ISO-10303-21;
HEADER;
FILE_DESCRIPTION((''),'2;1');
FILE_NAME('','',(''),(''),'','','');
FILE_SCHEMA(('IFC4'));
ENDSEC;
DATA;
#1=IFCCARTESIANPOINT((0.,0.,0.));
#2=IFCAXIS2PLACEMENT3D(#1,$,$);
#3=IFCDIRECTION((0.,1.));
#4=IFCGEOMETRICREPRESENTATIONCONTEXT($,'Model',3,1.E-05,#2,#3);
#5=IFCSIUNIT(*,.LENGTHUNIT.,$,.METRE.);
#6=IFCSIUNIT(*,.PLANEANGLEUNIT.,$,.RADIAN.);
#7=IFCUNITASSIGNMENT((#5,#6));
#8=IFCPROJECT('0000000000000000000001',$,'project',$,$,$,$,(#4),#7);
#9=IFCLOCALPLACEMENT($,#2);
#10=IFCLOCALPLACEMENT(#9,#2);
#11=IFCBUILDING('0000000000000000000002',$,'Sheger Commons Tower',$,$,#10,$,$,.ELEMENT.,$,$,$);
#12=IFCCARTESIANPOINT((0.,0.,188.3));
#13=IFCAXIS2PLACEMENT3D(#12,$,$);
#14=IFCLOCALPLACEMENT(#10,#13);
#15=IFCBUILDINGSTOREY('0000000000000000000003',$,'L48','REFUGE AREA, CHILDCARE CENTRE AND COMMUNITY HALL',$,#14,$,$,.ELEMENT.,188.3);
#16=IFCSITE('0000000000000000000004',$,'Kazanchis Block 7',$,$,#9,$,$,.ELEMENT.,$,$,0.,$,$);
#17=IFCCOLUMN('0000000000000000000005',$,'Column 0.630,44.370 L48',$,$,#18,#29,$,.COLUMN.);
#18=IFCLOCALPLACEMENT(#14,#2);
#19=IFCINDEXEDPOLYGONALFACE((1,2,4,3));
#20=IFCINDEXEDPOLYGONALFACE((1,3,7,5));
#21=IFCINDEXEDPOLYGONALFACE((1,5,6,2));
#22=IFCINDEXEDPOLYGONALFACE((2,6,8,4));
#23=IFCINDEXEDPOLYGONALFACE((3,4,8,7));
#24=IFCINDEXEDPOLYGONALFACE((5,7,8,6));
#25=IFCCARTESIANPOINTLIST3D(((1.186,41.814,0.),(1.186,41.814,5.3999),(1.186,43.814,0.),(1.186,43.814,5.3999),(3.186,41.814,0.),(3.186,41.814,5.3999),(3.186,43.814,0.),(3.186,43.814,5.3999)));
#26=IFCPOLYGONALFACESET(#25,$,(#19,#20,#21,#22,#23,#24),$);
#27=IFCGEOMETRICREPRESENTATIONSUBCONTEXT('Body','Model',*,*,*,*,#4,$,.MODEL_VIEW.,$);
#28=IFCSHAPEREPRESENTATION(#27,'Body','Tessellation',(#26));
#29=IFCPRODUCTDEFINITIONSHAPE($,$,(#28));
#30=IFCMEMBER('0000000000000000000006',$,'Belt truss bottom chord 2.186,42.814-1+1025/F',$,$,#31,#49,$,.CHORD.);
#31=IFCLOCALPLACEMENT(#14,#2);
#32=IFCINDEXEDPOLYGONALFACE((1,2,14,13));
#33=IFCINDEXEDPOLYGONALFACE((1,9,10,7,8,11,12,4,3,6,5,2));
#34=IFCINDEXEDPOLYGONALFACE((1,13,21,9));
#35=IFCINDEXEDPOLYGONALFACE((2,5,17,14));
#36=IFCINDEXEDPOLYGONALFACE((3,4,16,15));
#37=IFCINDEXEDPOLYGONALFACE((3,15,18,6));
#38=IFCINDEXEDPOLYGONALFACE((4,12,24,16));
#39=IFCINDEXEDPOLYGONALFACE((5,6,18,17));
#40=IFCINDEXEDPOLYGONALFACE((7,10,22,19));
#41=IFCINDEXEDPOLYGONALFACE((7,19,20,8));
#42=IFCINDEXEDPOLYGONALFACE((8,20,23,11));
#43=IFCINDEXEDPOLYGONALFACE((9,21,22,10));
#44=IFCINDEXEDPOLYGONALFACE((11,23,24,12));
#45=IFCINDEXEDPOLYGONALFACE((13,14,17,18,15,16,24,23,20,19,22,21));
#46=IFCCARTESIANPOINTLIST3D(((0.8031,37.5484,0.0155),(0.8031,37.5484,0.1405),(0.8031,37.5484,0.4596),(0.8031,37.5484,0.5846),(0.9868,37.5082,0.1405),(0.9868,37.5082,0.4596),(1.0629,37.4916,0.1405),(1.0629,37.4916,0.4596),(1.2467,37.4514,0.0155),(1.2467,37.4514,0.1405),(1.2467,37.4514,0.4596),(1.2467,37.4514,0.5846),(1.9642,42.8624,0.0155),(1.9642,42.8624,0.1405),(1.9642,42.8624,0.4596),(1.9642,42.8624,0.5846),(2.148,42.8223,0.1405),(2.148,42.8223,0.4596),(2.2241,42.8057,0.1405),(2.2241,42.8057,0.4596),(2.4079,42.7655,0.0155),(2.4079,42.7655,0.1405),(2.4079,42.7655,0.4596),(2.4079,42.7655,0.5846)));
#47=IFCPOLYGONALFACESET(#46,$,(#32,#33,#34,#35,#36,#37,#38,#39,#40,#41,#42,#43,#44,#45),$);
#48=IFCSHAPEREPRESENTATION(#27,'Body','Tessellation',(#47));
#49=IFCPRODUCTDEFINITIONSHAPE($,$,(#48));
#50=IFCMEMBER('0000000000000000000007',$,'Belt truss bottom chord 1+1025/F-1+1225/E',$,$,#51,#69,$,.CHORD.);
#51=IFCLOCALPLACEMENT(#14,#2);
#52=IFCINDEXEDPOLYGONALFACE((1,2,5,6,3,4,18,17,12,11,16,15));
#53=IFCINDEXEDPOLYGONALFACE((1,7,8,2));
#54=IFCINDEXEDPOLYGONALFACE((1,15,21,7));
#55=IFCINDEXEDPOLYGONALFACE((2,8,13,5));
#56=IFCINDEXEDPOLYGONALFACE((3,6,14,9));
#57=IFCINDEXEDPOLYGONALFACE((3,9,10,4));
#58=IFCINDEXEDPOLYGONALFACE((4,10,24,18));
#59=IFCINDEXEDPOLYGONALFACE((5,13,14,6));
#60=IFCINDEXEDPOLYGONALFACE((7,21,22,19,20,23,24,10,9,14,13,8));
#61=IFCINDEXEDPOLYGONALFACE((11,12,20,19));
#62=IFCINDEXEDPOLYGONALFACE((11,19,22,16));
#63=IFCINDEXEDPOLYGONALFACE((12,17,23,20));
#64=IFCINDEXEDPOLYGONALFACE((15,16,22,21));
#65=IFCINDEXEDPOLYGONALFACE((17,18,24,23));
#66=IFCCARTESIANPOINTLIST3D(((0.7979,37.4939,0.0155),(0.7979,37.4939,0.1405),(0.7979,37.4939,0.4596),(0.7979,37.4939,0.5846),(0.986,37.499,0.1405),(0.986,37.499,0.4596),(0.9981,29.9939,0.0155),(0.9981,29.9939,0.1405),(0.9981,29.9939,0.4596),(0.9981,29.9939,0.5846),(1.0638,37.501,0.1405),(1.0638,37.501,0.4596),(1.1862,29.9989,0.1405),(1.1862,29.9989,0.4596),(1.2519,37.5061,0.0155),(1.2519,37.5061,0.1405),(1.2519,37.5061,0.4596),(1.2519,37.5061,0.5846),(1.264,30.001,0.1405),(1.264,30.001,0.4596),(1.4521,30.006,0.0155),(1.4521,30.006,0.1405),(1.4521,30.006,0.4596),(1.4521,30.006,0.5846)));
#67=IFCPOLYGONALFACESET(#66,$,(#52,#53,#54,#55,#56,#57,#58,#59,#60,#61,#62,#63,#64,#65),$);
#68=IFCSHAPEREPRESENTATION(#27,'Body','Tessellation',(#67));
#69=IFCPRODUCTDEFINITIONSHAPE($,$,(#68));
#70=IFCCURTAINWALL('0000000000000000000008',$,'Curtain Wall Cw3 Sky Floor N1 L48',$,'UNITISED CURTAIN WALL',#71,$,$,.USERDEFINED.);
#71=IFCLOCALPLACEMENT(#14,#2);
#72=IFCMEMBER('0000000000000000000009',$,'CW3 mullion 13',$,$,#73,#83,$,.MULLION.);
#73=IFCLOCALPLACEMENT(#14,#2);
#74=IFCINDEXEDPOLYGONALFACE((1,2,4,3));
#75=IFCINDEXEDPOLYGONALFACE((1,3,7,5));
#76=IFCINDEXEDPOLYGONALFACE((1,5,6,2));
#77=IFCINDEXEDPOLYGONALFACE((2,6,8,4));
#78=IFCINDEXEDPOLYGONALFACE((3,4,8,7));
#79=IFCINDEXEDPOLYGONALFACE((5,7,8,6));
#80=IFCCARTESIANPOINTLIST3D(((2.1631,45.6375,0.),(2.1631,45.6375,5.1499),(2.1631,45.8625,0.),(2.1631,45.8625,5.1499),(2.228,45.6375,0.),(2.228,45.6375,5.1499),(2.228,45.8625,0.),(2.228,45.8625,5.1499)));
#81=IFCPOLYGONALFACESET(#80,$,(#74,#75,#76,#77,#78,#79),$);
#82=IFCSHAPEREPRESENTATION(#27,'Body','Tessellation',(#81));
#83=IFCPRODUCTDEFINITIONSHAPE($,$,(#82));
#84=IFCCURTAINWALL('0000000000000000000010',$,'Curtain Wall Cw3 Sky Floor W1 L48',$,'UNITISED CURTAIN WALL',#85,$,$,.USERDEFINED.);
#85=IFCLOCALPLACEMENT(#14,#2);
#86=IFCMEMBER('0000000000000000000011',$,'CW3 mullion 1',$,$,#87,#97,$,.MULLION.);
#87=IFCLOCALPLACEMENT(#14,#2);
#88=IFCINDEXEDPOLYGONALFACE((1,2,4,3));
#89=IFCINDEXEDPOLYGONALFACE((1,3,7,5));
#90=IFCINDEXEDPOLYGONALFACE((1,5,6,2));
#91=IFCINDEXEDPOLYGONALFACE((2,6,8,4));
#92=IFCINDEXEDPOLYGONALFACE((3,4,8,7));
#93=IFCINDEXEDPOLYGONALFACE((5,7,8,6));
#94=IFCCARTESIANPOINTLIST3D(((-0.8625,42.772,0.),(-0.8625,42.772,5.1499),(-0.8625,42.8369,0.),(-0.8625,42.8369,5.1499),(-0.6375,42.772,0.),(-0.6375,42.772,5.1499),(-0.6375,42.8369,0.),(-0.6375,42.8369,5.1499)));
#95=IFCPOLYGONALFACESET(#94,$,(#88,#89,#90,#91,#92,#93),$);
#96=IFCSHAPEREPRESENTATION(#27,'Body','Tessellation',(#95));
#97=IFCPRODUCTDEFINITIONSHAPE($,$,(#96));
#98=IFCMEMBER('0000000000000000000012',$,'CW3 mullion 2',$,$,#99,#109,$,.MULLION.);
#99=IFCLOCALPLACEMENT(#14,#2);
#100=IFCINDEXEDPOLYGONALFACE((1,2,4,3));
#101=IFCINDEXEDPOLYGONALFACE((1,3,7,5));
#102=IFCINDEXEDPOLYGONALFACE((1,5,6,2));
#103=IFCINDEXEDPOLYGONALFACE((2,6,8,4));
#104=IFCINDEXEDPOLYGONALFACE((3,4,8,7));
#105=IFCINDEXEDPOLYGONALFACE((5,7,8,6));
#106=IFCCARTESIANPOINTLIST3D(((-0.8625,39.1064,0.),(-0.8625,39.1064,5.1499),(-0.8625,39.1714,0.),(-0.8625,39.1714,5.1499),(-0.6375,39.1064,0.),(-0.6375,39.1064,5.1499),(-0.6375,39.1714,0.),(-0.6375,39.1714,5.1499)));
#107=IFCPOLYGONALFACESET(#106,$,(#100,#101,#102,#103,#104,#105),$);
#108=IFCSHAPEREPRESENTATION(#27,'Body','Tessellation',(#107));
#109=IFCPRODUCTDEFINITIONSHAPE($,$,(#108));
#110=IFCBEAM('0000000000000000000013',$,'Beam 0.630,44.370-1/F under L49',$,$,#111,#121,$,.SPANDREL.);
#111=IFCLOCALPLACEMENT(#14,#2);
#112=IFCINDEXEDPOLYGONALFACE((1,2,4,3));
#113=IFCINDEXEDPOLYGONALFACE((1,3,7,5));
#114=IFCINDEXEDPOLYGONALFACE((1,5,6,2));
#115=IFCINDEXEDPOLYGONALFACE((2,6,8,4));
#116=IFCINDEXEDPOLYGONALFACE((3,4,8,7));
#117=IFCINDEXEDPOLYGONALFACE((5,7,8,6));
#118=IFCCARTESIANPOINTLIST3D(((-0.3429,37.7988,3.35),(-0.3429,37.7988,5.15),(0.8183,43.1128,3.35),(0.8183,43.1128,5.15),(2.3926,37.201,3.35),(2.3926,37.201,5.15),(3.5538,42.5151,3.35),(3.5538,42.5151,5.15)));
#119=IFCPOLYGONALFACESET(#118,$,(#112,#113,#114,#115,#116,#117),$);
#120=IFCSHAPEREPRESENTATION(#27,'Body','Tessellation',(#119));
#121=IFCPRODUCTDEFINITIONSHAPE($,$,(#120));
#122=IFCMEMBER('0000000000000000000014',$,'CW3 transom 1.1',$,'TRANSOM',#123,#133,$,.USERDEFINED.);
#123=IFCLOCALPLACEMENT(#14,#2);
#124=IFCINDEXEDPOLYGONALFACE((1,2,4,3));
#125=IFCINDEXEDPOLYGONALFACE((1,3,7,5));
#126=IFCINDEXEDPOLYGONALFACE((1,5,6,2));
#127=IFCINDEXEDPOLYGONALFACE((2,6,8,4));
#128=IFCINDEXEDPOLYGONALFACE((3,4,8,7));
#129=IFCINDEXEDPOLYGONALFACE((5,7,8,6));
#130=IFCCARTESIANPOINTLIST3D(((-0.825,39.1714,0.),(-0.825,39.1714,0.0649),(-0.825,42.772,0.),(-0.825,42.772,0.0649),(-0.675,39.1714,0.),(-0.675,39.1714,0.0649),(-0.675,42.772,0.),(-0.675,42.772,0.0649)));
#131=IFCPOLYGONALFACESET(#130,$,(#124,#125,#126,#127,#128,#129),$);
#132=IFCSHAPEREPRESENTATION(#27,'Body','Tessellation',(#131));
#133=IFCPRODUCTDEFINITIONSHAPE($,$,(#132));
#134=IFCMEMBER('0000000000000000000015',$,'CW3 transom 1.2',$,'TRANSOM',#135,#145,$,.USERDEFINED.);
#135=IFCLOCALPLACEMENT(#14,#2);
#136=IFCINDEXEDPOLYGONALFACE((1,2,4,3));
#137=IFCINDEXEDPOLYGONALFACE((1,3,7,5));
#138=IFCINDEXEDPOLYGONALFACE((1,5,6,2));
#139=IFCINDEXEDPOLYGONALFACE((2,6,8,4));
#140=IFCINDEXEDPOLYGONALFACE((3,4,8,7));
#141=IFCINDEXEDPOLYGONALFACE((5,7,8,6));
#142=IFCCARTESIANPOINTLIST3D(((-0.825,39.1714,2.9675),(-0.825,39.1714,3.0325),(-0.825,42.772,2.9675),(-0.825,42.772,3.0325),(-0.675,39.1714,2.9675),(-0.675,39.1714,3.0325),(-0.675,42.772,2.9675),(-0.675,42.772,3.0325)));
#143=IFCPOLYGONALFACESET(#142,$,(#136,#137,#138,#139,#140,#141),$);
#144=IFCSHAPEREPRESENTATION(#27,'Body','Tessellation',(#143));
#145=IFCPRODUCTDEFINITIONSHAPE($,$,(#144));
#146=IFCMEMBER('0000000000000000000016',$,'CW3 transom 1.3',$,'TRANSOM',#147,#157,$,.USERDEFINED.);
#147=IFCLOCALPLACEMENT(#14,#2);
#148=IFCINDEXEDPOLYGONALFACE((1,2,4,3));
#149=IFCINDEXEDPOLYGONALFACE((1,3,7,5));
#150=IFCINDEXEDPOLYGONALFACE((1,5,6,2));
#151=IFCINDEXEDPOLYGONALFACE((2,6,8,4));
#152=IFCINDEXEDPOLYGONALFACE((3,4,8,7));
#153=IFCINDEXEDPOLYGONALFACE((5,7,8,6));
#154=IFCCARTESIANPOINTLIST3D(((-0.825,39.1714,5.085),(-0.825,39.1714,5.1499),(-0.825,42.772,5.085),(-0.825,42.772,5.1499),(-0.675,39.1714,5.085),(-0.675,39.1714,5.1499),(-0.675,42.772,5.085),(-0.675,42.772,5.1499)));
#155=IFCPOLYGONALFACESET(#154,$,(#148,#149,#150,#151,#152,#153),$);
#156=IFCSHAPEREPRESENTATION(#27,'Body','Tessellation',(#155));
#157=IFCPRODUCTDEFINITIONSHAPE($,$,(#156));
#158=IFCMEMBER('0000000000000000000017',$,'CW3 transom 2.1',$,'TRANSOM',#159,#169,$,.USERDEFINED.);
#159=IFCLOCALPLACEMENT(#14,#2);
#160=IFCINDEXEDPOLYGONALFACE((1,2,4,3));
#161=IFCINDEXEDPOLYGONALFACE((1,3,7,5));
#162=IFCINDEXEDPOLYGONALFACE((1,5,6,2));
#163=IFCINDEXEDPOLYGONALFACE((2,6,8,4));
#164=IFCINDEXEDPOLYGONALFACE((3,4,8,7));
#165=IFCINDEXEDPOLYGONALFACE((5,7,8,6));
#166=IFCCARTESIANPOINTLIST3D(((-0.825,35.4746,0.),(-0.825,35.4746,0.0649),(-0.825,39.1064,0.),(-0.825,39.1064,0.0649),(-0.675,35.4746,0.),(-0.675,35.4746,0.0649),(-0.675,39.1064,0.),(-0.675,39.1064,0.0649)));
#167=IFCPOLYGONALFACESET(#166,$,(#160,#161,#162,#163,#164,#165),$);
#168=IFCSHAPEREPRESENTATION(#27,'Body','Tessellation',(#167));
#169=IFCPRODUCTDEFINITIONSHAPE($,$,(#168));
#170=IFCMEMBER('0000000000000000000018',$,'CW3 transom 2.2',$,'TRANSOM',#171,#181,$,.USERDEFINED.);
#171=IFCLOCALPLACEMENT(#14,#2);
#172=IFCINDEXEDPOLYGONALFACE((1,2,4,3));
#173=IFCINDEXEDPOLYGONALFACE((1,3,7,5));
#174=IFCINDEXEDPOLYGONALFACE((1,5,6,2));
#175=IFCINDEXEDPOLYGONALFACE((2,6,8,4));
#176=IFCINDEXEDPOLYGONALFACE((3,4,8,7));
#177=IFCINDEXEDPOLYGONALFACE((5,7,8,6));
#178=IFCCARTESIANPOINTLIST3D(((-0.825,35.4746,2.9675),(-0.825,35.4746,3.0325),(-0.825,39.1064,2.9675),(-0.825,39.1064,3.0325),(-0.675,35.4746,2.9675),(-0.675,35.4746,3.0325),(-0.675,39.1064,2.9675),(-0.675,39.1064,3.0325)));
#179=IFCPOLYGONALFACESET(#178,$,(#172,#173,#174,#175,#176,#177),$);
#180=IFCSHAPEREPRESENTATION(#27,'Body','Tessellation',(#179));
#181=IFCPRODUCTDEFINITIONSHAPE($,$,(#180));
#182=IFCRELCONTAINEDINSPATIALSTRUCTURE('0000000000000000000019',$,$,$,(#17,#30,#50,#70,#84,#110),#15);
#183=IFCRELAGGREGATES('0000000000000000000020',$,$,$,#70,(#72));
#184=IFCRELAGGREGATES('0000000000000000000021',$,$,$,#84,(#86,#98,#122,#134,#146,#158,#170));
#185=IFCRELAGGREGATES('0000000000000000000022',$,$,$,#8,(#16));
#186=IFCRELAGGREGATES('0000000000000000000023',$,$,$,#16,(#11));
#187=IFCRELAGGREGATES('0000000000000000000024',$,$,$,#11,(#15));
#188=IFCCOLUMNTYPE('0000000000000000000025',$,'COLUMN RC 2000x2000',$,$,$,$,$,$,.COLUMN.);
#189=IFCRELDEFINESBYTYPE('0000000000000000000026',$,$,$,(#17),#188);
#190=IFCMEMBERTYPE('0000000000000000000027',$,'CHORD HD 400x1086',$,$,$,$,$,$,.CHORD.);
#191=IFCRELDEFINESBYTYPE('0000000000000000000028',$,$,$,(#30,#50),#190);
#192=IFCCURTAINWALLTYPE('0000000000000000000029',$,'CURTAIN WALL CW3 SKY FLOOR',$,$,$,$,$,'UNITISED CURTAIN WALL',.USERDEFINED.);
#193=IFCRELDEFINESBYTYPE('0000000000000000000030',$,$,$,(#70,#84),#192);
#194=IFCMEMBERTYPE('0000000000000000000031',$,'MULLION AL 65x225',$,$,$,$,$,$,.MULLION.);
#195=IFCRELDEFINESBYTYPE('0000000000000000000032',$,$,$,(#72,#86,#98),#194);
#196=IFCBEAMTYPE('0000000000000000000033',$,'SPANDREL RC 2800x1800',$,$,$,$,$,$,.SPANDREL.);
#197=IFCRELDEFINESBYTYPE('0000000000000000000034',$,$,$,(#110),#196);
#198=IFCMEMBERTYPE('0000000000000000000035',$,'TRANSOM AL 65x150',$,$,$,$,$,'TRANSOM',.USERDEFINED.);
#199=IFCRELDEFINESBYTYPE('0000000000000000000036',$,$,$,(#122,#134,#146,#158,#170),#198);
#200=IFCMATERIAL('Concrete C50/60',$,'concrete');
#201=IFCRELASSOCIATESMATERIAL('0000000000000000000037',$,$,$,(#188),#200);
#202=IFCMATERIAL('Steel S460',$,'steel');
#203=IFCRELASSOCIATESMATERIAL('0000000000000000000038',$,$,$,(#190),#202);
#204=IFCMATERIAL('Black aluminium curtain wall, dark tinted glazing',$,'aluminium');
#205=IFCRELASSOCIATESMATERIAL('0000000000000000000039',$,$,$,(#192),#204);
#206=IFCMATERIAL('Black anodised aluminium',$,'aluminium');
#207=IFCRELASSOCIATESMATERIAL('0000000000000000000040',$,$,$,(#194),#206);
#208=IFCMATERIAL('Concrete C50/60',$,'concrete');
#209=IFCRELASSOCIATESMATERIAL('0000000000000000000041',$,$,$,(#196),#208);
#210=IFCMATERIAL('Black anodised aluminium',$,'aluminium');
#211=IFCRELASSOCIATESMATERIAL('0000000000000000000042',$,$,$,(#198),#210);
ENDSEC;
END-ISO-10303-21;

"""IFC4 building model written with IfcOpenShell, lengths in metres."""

from ifc_helpers import new_model, si_unit, direction, frame, origin, origin_2d, place, context, subcontext, project, spatial, rectangle, i_section, extrude, material, material_profile, profile_set, type_object, element, aggregate, save


model = new_model("IFC4")

# Units and contexts
model_context = context("Model", 3, precision=1e-05, world=origin(), true_north=direction((0.0, 1.0)))
body_context = subcontext(model_context, "Body", "Model", "MODEL_VIEW")
ifc_project = project(units=[si_unit("LENGTHUNIT", "METRE"), si_unit("PLANEANGLEUNIT", "RADIAN")], contexts=[model_context])

# Site, building, storey
site_placement = place(None, origin())
site = spatial("IfcSite", under=ifc_project, at=site_placement, Name="Kazanchis Block 7", CompositionType="ELEMENT", RefElevation=0.0)
building_placement = place(site_placement, origin())
building = spatial("IfcBuilding", under=site, at=building_placement, Name="Sheger Commons Tower", CompositionType="ELEMENT")
storey_placement = place(building_placement, frame((0.0, 0.0, 188.3)))
storey = spatial("IfcBuildingStorey", under=building, at=storey_placement, Name="L48", Description="REFUGE AREA, CHILDCARE CENTRE AND COMMUNITY HALL", CompositionType="ELEMENT", Elevation=188.3)

# Column
ifc_material_1 = material(Name="Concrete C50/60", Category="concrete")
ifc_material_profile_1 = material_profile(ifc_material_1, rectangle(XDim=2.0, YDim=2.0, at=origin_2d()), Name="RC 2000x2000")
ifc_profile_set_1 = profile_set([ifc_material_profile_1], Name="Concrete C50/60")
column_type = type_object("IfcColumnType", Name="COLUMN RC 2000x2000", PredefinedType="COLUMN", material=ifc_profile_set_1)
column_placement = place(storey_placement, frame((2.186, 42.814, 0.0), z_axis=(0.0, 0.0, 1.0), x_axis=(1.0, 0.0, 0.0)))
element("IfcColumn", 1, at=column_placement, inside=storey, type_object=column_type, Name="Column 0.630,44.370 L48", PredefinedType="COLUMN", context=body_context, shape_type="SweptSolid", body=[
    extrude(rectangle(XDim=2.0, YDim=2.0, at=origin_2d()), origin(), (0.0, 0.0, 1.0), 5.3999),
])

# Members
ifc_material_2 = material(Name="Steel S460", Category="steel")
ifc_material_profile_2 = material_profile(ifc_material_2, i_section(OverallWidth=0.4541, OverallDepth=0.5691, WebThickness=0.0779, FlangeThickness=0.125, at=origin_2d()), Name="HD 400x1086")
ifc_profile_set_2 = profile_set([ifc_material_profile_2], Name="Steel S460")
member_type_1 = type_object("IfcMemberType", Name="CHORD HD 400x1086", PredefinedType="CHORD", material=ifc_profile_set_2)
member_1_placement = place(storey_placement, frame((2.186, 42.814, 0.3), z_axis=(-0.213469, -0.97695, 0.0), x_axis=(0.97695, -0.213469, 0.0)))
element("IfcMember", 2, at=member_1_placement, inside=storey, type_object=member_type_1, Name="Belt truss bottom chord 2.186,42.814-1+1025/F", PredefinedType="CHORD", context=body_context, shape_type="SweptSolid", body=[
    extrude(i_section(OverallWidth=0.4541, OverallDepth=0.5691, WebThickness=0.0779, FlangeThickness=0.125, at=origin_2d()), origin(), (0.0, 0.0, 1.0), 5.4395),
])
member_2_placement = place(storey_placement, frame((1.0249, 37.5, 0.3), z_axis=(0.026683, -0.999644, 0.0), x_axis=(0.999644, 0.026683, 0.0)))
element("IfcMember", 3, at=member_2_placement, inside=storey, type_object=member_type_1, Name="Belt truss bottom chord 1+1025/F-1+1225/E", PredefinedType="CHORD", context=body_context, shape_type="SweptSolid", body=[
    extrude(i_section(OverallWidth=0.4541, OverallDepth=0.5691, WebThickness=0.0779, FlangeThickness=0.125, at=origin_2d()), origin(), (0.0, 0.0, 1.0), 7.5027),
])

# Curtain wall, member
ifc_material_3 = material(Name="Black aluminium curtain wall, dark tinted glazing", Category="aluminium")
curtain_wall_type = type_object("IfcCurtainWallType", Name="CURTAIN WALL CW3 SKY FLOOR", ElementType="UNITISED CURTAIN WALL", PredefinedType="USERDEFINED", material=ifc_material_3)
curtain_wall_1_placement = place(storey_placement, origin())
curtain_wall_1 = element("IfcCurtainWall", 4, at=curtain_wall_1_placement, inside=storey, type_object=curtain_wall_type, Name="Curtain Wall Cw3 Sky Floor N1 L48", ObjectType="UNITISED CURTAIN WALL", PredefinedType="USERDEFINED")
ifc_material_4 = material(Name="Black anodised aluminium", Category="aluminium")
ifc_material_profile_3 = material_profile(ifc_material_4, rectangle(XDim=0.2251, YDim=0.0649, at=origin_2d()), Name="AL 65x225")
ifc_profile_set_3 = profile_set([ifc_material_profile_3], Name="Black anodised aluminium")
member_type_2 = type_object("IfcMemberType", Name="MULLION AL 65x225", PredefinedType="MULLION", material=ifc_profile_set_3)
member_3_placement = place(storey_placement, frame((2.1956, 45.75, 0.0), z_axis=(0.0, 0.0, 1.0), x_axis=(0.0, -1.0, 0.0)))
member_3 = element("IfcMember", 5, at=member_3_placement, type_object=member_type_2, Name="CW3 mullion 13", PredefinedType="MULLION", context=body_context, shape_type="SweptSolid", body=[
    extrude(rectangle(XDim=0.2251, YDim=0.0649, at=origin_2d()), origin(), (0.0, 0.0, 1.0), 5.1499),
])

# Curtain wall, members
curtain_wall_2_placement = place(storey_placement, origin())
curtain_wall_2 = element("IfcCurtainWall", 6, at=curtain_wall_2_placement, inside=storey, type_object=curtain_wall_type, Name="Curtain Wall Cw3 Sky Floor W1 L48", ObjectType="UNITISED CURTAIN WALL", PredefinedType="USERDEFINED")
member_4_placement = place(storey_placement, frame((-0.75, 42.8044, 0.0), z_axis=(0.0, 0.0, 1.0), x_axis=(1.0, 0.0, 0.0)))
member_4 = element("IfcMember", 7, at=member_4_placement, type_object=member_type_2, Name="CW3 mullion 1", PredefinedType="MULLION", context=body_context, shape_type="SweptSolid", body=[
    extrude(rectangle(XDim=0.2251, YDim=0.0649, at=origin_2d()), origin(), (0.0, 0.0, 1.0), 5.1499),
])
member_5_placement = place(storey_placement, frame((-0.75, 39.1389, 0.0), z_axis=(0.0, 0.0, 1.0), x_axis=(1.0, 0.0, 0.0)))
member_5 = element("IfcMember", 8, at=member_5_placement, type_object=member_type_2, Name="CW3 mullion 2", PredefinedType="MULLION", context=body_context, shape_type="SweptSolid", body=[
    extrude(rectangle(XDim=0.2251, YDim=0.0649, at=origin_2d()), origin(), (0.0, 0.0, 1.0), 5.1499),
])

# Beam
ifc_material_5 = material(Name="Concrete C50/60", Category="concrete")
ifc_material_profile_4 = material_profile(ifc_material_5, rectangle(XDim=2.8, YDim=1.8, at=origin_2d()), Name="RC 2800x1800")
ifc_profile_set_4 = profile_set([ifc_material_profile_4], Name="Concrete C50/60")
beam_type = type_object("IfcBeamType", Name="SPANDREL RC 2800x1800", PredefinedType="SPANDREL", material=ifc_profile_set_4)
beam_placement = place(storey_placement, frame((2.186, 42.814, 4.25), z_axis=(-0.213469, -0.97695, 0.0), x_axis=(0.97695, -0.213469, 0.0)))
element("IfcBeam", 9, at=beam_placement, inside=storey, type_object=beam_type, Name="Beam 0.630,44.370-1/F under L49", PredefinedType="SPANDREL", context=body_context, shape_type="SweptSolid", body=[
    extrude(rectangle(XDim=2.8, YDim=1.8, at=origin_2d()), origin(), (0.0, 0.0, 1.0), 5.4395),
])

# Members
ifc_material_6 = material(Name="Black anodised aluminium", Category="aluminium")
ifc_material_profile_5 = material_profile(ifc_material_6, rectangle(XDim=0.1499, YDim=0.0649, at=origin_2d()), Name="AL 65x150")
ifc_profile_set_5 = profile_set([ifc_material_profile_5], Name="Black anodised aluminium")
member_type_3 = type_object("IfcMemberType", Name="TRANSOM AL 65x150", ElementType="TRANSOM", PredefinedType="USERDEFINED", material=ifc_profile_set_5)
member_6_placement = place(storey_placement, frame((-0.75, 42.772, 0.0325), z_axis=(0.0, -1.0, 0.0), x_axis=(1.0, 0.0, 0.0)))
member_6 = element("IfcMember", 10, at=member_6_placement, type_object=member_type_3, Name="CW3 transom 1.1", ObjectType="TRANSOM", PredefinedType="USERDEFINED", context=body_context, shape_type="SweptSolid", body=[
    extrude(rectangle(XDim=0.1499, YDim=0.0649, at=origin_2d()), origin(), (0.0, 0.0, 1.0), 3.6006),
])
member_7_placement = place(storey_placement, frame((-0.75, 42.772, 3.0), z_axis=(0.0, -1.0, 0.0), x_axis=(1.0, 0.0, 0.0)))
member_7 = element("IfcMember", 11, at=member_7_placement, type_object=member_type_3, Name="CW3 transom 1.2", ObjectType="TRANSOM", PredefinedType="USERDEFINED", context=body_context, shape_type="SweptSolid", body=[
    extrude(rectangle(XDim=0.1499, YDim=0.0649, at=origin_2d()), origin(), (0.0, 0.0, 1.0), 3.6006),
])
member_8_placement = place(storey_placement, frame((-0.75, 42.772, 5.1174), z_axis=(0.0, -1.0, 0.0), x_axis=(1.0, 0.0, 0.0)))
member_8 = element("IfcMember", 12, at=member_8_placement, type_object=member_type_3, Name="CW3 transom 1.3", ObjectType="TRANSOM", PredefinedType="USERDEFINED", context=body_context, shape_type="SweptSolid", body=[
    extrude(rectangle(XDim=0.1499, YDim=0.0649, at=origin_2d()), origin(), (0.0, 0.0, 1.0), 3.6006),
])
member_9_placement = place(storey_placement, frame((-0.75, 39.1064, 0.0325), z_axis=(0.0, -1.0, 0.0), x_axis=(1.0, 0.0, 0.0)))
member_9 = element("IfcMember", 13, at=member_9_placement, type_object=member_type_3, Name="CW3 transom 2.1", ObjectType="TRANSOM", PredefinedType="USERDEFINED", context=body_context, shape_type="SweptSolid", body=[
    extrude(rectangle(XDim=0.1499, YDim=0.0649, at=origin_2d()), origin(), (0.0, 0.0, 1.0), 3.6318),
])
member_10_placement = place(storey_placement, frame((-0.75, 39.1064, 3.0), z_axis=(0.0, -1.0, 0.0), x_axis=(1.0, 0.0, 0.0)))
member_10 = element("IfcMember", 14, at=member_10_placement, type_object=member_type_3, Name="CW3 transom 2.2", ObjectType="TRANSOM", PredefinedType="USERDEFINED", context=body_context, shape_type="SweptSolid", body=[
    extrude(rectangle(XDim=0.1499, YDim=0.0649, at=origin_2d()), origin(), (0.0, 0.0, 1.0), 3.6318),
])

aggregate(curtain_wall_1, [member_3])
aggregate(curtain_wall_2, [member_4, member_5, member_6, member_7, member_8, member_9, member_10])

save(model, "model.ifc")
